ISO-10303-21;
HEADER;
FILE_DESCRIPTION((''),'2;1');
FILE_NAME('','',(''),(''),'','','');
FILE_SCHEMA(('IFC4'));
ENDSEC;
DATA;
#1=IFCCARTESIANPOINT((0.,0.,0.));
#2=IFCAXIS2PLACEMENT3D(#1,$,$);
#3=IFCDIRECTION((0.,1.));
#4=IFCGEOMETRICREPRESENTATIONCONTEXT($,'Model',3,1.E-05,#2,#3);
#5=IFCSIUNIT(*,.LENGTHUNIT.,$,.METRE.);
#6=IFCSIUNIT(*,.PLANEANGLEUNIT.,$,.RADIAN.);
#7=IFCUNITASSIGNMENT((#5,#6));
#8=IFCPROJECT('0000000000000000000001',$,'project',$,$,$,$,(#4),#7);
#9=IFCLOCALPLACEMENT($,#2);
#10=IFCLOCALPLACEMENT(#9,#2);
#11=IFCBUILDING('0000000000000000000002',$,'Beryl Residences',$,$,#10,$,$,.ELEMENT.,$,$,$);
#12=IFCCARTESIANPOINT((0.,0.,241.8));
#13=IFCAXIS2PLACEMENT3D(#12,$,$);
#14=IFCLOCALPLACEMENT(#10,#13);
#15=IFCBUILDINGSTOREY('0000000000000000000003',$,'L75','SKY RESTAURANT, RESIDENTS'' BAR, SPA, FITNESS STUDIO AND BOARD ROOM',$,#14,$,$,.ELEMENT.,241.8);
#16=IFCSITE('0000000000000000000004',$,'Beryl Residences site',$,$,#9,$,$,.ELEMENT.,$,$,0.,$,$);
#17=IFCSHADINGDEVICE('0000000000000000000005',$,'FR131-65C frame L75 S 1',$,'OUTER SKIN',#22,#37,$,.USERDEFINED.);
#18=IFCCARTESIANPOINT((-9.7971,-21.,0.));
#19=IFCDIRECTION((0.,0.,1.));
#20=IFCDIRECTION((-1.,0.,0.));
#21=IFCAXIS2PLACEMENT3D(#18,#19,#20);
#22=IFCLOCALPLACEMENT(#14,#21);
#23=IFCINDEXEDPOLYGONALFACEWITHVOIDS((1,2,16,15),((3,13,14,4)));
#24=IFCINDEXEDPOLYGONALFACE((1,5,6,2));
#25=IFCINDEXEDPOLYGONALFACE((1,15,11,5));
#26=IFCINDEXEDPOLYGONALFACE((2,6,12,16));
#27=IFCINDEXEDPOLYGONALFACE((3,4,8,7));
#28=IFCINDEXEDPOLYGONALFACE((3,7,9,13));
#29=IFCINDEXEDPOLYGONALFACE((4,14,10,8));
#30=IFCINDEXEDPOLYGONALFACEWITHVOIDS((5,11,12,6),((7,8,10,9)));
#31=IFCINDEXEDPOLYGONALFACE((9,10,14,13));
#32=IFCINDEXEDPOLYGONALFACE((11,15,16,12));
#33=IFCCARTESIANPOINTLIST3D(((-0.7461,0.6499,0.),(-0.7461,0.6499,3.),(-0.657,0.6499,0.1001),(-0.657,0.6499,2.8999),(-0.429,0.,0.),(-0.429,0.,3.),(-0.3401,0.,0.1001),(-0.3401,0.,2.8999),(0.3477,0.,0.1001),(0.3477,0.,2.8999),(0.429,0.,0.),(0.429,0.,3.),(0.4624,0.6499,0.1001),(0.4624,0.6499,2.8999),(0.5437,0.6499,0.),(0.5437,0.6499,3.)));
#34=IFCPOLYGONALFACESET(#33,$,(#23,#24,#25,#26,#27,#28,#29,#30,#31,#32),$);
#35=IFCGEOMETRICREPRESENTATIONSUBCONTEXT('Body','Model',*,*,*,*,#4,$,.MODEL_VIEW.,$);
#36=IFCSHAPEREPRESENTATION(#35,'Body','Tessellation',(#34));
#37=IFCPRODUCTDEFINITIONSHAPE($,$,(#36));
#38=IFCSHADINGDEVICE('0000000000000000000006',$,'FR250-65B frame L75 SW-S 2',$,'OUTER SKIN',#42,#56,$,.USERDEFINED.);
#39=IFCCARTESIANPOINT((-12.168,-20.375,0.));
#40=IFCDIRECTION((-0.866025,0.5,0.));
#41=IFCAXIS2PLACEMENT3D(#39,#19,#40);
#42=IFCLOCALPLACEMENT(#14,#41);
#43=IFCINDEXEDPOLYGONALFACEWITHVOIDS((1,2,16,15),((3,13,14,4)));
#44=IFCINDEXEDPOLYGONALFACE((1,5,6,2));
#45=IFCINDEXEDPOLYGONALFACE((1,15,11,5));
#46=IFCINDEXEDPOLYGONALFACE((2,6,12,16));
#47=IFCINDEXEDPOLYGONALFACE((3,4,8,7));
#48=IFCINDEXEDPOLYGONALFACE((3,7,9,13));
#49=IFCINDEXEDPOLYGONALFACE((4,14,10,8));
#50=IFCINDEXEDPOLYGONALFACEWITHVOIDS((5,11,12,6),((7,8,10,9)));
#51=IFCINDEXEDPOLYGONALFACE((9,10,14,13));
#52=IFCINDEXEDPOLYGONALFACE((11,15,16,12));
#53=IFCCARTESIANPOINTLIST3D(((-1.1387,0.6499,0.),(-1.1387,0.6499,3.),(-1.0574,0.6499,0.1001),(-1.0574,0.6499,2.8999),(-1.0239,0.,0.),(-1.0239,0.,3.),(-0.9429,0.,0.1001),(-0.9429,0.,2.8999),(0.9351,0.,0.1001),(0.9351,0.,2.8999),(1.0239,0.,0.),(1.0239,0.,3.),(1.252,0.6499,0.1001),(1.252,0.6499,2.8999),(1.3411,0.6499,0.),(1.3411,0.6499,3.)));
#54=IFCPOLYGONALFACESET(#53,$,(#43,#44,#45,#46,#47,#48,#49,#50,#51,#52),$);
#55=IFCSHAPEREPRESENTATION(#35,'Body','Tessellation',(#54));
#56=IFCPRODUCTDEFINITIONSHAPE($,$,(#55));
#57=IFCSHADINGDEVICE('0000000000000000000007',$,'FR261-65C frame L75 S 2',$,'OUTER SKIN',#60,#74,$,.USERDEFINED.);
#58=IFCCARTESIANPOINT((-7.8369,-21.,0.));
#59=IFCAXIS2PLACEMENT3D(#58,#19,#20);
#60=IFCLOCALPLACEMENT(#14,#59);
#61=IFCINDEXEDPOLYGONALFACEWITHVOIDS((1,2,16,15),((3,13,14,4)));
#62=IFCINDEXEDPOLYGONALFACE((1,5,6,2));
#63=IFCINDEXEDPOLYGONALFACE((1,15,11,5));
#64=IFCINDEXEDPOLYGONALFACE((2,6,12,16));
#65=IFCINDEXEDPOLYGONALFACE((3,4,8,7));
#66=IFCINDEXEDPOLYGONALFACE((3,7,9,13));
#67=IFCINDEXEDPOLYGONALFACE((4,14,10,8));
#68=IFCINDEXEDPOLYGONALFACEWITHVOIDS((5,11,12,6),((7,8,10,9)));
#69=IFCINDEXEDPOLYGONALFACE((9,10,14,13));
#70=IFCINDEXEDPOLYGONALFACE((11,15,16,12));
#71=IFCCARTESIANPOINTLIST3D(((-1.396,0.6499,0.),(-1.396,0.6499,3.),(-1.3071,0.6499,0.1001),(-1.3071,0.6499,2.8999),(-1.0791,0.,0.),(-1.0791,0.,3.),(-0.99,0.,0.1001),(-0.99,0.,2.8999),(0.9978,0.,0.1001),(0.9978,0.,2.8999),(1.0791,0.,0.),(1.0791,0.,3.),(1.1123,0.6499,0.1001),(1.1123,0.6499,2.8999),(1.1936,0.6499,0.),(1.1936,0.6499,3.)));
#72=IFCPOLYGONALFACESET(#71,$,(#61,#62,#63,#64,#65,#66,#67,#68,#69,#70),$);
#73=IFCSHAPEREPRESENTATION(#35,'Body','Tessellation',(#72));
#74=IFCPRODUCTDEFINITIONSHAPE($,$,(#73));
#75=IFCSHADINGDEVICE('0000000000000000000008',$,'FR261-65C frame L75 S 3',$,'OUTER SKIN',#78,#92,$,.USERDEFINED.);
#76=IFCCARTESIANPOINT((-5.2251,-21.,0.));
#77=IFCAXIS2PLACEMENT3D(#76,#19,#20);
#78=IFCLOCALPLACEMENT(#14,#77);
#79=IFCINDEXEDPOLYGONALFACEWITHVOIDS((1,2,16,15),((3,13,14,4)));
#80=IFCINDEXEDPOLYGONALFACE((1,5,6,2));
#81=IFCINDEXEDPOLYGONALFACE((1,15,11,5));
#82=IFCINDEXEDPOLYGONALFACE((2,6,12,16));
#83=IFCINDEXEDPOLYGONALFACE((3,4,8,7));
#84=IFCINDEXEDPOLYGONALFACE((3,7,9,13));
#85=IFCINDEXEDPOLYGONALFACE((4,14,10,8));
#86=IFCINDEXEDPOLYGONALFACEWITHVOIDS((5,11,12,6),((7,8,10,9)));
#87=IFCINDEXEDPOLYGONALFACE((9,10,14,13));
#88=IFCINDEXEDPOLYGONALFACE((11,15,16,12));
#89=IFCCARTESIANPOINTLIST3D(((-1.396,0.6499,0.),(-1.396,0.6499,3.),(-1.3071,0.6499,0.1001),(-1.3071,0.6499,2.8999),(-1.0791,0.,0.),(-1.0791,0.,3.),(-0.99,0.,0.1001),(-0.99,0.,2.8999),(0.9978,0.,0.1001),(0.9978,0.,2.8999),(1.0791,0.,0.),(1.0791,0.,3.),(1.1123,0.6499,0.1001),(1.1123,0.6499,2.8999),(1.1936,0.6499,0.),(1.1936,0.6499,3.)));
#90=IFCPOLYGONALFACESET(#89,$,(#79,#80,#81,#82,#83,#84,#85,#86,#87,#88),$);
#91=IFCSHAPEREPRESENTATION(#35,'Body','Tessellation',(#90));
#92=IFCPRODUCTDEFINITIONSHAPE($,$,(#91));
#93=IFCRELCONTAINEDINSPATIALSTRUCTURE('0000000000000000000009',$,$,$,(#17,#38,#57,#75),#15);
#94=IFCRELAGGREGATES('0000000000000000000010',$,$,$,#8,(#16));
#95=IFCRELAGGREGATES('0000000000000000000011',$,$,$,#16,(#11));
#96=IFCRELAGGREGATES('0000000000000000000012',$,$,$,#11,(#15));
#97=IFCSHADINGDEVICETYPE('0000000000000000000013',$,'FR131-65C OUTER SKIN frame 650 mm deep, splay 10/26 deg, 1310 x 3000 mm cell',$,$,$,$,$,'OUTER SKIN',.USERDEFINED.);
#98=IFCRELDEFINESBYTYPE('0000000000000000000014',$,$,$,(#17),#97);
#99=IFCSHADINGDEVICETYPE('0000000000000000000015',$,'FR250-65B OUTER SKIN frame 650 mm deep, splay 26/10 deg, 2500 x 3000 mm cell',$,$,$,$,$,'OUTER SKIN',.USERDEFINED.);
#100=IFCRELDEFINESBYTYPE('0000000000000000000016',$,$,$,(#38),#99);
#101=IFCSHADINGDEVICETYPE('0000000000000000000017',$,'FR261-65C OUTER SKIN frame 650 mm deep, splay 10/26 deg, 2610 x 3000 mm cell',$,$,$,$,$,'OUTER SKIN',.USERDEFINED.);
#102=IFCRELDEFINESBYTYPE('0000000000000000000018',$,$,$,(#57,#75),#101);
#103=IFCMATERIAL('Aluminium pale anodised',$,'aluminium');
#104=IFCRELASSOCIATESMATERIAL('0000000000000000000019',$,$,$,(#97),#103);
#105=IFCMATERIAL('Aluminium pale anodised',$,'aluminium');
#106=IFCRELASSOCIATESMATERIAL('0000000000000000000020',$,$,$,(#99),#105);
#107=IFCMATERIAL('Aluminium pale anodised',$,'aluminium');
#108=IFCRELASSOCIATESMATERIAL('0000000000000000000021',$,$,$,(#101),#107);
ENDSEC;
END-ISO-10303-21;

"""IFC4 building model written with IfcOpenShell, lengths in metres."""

from ifc_helpers import new_model, entity, si_unit, direction, frame, origin, place, context, subcontext, project, spatial, source, transform, mapped, material, type_object, type_shapes, element, save


model = new_model("IFC4")

# Units and contexts
model_context = context("Model", 3, precision=1e-05, world=origin(), true_north=direction((0.0, 1.0)))
body_context = subcontext(model_context, "Body", "Model", "MODEL_VIEW")
ifc_project = project(units=[si_unit("LENGTHUNIT", "METRE"), si_unit("PLANEANGLEUNIT", "RADIAN")], contexts=[model_context])

# Site, building, storey
site_placement = place(None, origin())
site = spatial("IfcSite", under=ifc_project, at=site_placement, Name="Beryl Residences site", CompositionType="ELEMENT", RefElevation=0.0)
building_placement = place(site_placement, origin())
building = spatial("IfcBuilding", under=site, at=building_placement, Name="Beryl Residences", CompositionType="ELEMENT")
storey_placement = place(building_placement, frame((0.0, 0.0, 241.8)))
storey = spatial("IfcBuildingStorey", under=building, at=storey_placement, Name="L75", Description="SKY RESTAURANT, RESIDENTS' BAR, SPA, FITNESS STUDIO AND BOARD ROOM", CompositionType="ELEMENT", Elevation=241.8)

# Shading devices
ifc_material_1 = material(Name="Aluminium pale anodised", Category="aluminium")
shading_device_type_1 = type_object("IfcShadingDeviceType", Name="FR131-65C OUTER SKIN frame 650 mm deep, splay 10/26 deg, 1310 x 3000 mm cell", ElementType="OUTER SKIN", PredefinedType="USERDEFINED", material=ifc_material_1)
cartesian_point_1 = entity("IfcCartesianPoint", [-0.429, 0.0])
cartesian_point_2 = entity("IfcCartesianPoint", [-0.3477, 0.1001])
cartesian_point_3 = entity("IfcCartesianPoint", [-0.5437, 0.0])
cartesian_point_4 = entity("IfcCartesianPoint", [-0.4624, 0.1001])
shared_shape_1 = source(origin(), body_context, "Body", "SweptSolid", [
    entity("IfcExtrudedAreaSolidTapered", entity("IfcArbitraryProfileDefWithVoids", "AREA", None, entity("IfcPolyline", [cartesian_point_1, entity("IfcCartesianPoint", [0.429, 0.0]), entity("IfcCartesianPoint", [0.429, 3.0]), entity("IfcCartesianPoint", [-0.429, 3.0]), cartesian_point_1]), [entity("IfcPolyline", [cartesian_point_2, entity("IfcCartesianPoint", [0.3401, 0.1001]), entity("IfcCartesianPoint", [0.3401, 2.8999]), entity("IfcCartesianPoint", [-0.3477, 2.8999]), cartesian_point_2])]), entity("IfcAxis2Placement3D", entity("IfcCartesianPoint", [0.0, 0.0, 0.0]), entity("IfcDirection", [0.0, 1.0, 0.0]), entity("IfcDirection", [-1.0, 0.0, 0.0])), entity("IfcDirection", [0.0, 0.0, 1.0]), 0.6499, entity("IfcArbitraryProfileDefWithVoids", "AREA", None, entity("IfcPolyline", [cartesian_point_3, entity("IfcCartesianPoint", [0.7461, 0.0]), entity("IfcCartesianPoint", [0.7461, 3.0]), entity("IfcCartesianPoint", [-0.5437, 3.0]), cartesian_point_3]), [entity("IfcPolyline", [cartesian_point_4, entity("IfcCartesianPoint", [0.657, 0.1001]), entity("IfcCartesianPoint", [0.657, 2.8999]), entity("IfcCartesianPoint", [-0.4624, 2.8999]), cartesian_point_4])])),
])
type_shapes(shading_device_type_1, [shared_shape_1])
shading_device_1_placement = place(storey_placement, frame((-9.7971, -21.0, 0.0), z_axis=(0.0, 0.0, 1.0), x_axis=(-1.0, 0.0, 0.0)))
element("IfcShadingDevice", 1, at=shading_device_1_placement, inside=storey, type_object=shading_device_type_1, Name="FR131-65C frame L75 S 1", ObjectType="OUTER SKIN", PredefinedType="USERDEFINED", context=body_context, shape_type="MappedRepresentation", body=[
    mapped(shared_shape_1, transform((0.0, 0.0, 0.0))),
])
ifc_material_2 = material(Name="Aluminium pale anodised", Category="aluminium")
shading_device_type_2 = type_object("IfcShadingDeviceType", Name="FR250-65B OUTER SKIN frame 650 mm deep, splay 26/10 deg, 2500 x 3000 mm cell", ElementType="OUTER SKIN", PredefinedType="USERDEFINED", material=ifc_material_2)
cartesian_point_5 = entity("IfcCartesianPoint", [-1.0239, 0.0])
cartesian_point_6 = entity("IfcCartesianPoint", [-0.9351, 0.1001])
cartesian_point_7 = entity("IfcCartesianPoint", [-1.3411, 0.0])
cartesian_point_8 = entity("IfcCartesianPoint", [-1.252, 0.1001])
shared_shape_2 = source(origin(), body_context, "Body", "SweptSolid", [
    entity("IfcExtrudedAreaSolidTapered", entity("IfcArbitraryProfileDefWithVoids", "AREA", None, entity("IfcPolyline", [cartesian_point_5, entity("IfcCartesianPoint", [1.0239, 0.0]), entity("IfcCartesianPoint", [1.0239, 3.0]), entity("IfcCartesianPoint", [-1.0239, 3.0]), cartesian_point_5]), [entity("IfcPolyline", [cartesian_point_6, entity("IfcCartesianPoint", [0.9429, 0.1001]), entity("IfcCartesianPoint", [0.9429, 2.8999]), entity("IfcCartesianPoint", [-0.9351, 2.8999]), cartesian_point_6])]), entity("IfcAxis2Placement3D", entity("IfcCartesianPoint", [0.0, 0.0, 0.0]), entity("IfcDirection", [0.0, 1.0, 0.0]), entity("IfcDirection", [-1.0, 0.0, 0.0])), entity("IfcDirection", [0.0, 0.0, 1.0]), 0.6499, entity("IfcArbitraryProfileDefWithVoids", "AREA", None, entity("IfcPolyline", [cartesian_point_7, entity("IfcCartesianPoint", [1.1387, 0.0]), entity("IfcCartesianPoint", [1.1387, 3.0]), entity("IfcCartesianPoint", [-1.3411, 3.0]), cartesian_point_7]), [entity("IfcPolyline", [cartesian_point_8, entity("IfcCartesianPoint", [1.0574, 0.1001]), entity("IfcCartesianPoint", [1.0574, 2.8999]), entity("IfcCartesianPoint", [-1.252, 2.8999]), cartesian_point_8])])),
])
type_shapes(shading_device_type_2, [shared_shape_2])
shading_device_2_placement = place(storey_placement, frame((-12.168, -20.375, 0.0), z_axis=(0.0, 0.0, 1.0), x_axis=(-0.866025, 0.5, 0.0)))
element("IfcShadingDevice", 2, at=shading_device_2_placement, inside=storey, type_object=shading_device_type_2, Name="FR250-65B frame L75 SW-S 2", ObjectType="OUTER SKIN", PredefinedType="USERDEFINED", context=body_context, shape_type="MappedRepresentation", body=[
    mapped(shared_shape_2, transform((0.0, 0.0, 0.0))),
])
ifc_material_3 = material(Name="Aluminium pale anodised", Category="aluminium")
shading_device_type_3 = type_object("IfcShadingDeviceType", Name="FR261-65C OUTER SKIN frame 650 mm deep, splay 10/26 deg, 2610 x 3000 mm cell", ElementType="OUTER SKIN", PredefinedType="USERDEFINED", material=ifc_material_3)
cartesian_point_9 = entity("IfcCartesianPoint", [-1.0791, 0.0])
cartesian_point_10 = entity("IfcCartesianPoint", [-0.9978, 0.1001])
cartesian_point_11 = entity("IfcCartesianPoint", [-1.1936, 0.0])
cartesian_point_12 = entity("IfcCartesianPoint", [-1.1123, 0.1001])
shared_shape_3 = source(origin(), body_context, "Body", "SweptSolid", [
    entity("IfcExtrudedAreaSolidTapered", entity("IfcArbitraryProfileDefWithVoids", "AREA", None, entity("IfcPolyline", [cartesian_point_9, entity("IfcCartesianPoint", [1.0791, 0.0]), entity("IfcCartesianPoint", [1.0791, 3.0]), entity("IfcCartesianPoint", [-1.0791, 3.0]), cartesian_point_9]), [entity("IfcPolyline", [cartesian_point_10, entity("IfcCartesianPoint", [0.99, 0.1001]), entity("IfcCartesianPoint", [0.99, 2.8999]), entity("IfcCartesianPoint", [-0.9978, 2.8999]), cartesian_point_10])]), entity("IfcAxis2Placement3D", entity("IfcCartesianPoint", [0.0, 0.0, 0.0]), entity("IfcDirection", [0.0, 1.0, 0.0]), entity("IfcDirection", [-1.0, 0.0, 0.0])), entity("IfcDirection", [0.0, 0.0, 1.0]), 0.6499, entity("IfcArbitraryProfileDefWithVoids", "AREA", None, entity("IfcPolyline", [cartesian_point_11, entity("IfcCartesianPoint", [1.396, 0.0]), entity("IfcCartesianPoint", [1.396, 3.0]), entity("IfcCartesianPoint", [-1.1936, 3.0]), cartesian_point_11]), [entity("IfcPolyline", [cartesian_point_12, entity("IfcCartesianPoint", [1.3071, 0.1001]), entity("IfcCartesianPoint", [1.3071, 2.8999]), entity("IfcCartesianPoint", [-1.1123, 2.8999]), cartesian_point_12])])),
])
type_shapes(shading_device_type_3, [shared_shape_3])
for number, where, z_axis, x_axis, name in (
    (3, (-7.8369, -21.0, 0.0), (0.0, 0.0, 1.0), (-1.0, 0.0, 0.0), "FR261-65C frame L75 S 2"),
    (4, (-5.2251, -21.0, 0.0), (0.0, 0.0, 1.0), (-1.0, 0.0, 0.0), "FR261-65C frame L75 S 3"),
):
    element("IfcShadingDevice", number, at=place(storey_placement, frame(where, z_axis=z_axis, x_axis=x_axis)), inside=storey, type_object=shading_device_type_3, Name=name, ObjectType="OUTER SKIN", PredefinedType="USERDEFINED", context=body_context, shape_type="MappedRepresentation", body=[
        mapped(shared_shape_3, transform((0.0, 0.0, 0.0))),
    ])

save(model, "model.ifc")
